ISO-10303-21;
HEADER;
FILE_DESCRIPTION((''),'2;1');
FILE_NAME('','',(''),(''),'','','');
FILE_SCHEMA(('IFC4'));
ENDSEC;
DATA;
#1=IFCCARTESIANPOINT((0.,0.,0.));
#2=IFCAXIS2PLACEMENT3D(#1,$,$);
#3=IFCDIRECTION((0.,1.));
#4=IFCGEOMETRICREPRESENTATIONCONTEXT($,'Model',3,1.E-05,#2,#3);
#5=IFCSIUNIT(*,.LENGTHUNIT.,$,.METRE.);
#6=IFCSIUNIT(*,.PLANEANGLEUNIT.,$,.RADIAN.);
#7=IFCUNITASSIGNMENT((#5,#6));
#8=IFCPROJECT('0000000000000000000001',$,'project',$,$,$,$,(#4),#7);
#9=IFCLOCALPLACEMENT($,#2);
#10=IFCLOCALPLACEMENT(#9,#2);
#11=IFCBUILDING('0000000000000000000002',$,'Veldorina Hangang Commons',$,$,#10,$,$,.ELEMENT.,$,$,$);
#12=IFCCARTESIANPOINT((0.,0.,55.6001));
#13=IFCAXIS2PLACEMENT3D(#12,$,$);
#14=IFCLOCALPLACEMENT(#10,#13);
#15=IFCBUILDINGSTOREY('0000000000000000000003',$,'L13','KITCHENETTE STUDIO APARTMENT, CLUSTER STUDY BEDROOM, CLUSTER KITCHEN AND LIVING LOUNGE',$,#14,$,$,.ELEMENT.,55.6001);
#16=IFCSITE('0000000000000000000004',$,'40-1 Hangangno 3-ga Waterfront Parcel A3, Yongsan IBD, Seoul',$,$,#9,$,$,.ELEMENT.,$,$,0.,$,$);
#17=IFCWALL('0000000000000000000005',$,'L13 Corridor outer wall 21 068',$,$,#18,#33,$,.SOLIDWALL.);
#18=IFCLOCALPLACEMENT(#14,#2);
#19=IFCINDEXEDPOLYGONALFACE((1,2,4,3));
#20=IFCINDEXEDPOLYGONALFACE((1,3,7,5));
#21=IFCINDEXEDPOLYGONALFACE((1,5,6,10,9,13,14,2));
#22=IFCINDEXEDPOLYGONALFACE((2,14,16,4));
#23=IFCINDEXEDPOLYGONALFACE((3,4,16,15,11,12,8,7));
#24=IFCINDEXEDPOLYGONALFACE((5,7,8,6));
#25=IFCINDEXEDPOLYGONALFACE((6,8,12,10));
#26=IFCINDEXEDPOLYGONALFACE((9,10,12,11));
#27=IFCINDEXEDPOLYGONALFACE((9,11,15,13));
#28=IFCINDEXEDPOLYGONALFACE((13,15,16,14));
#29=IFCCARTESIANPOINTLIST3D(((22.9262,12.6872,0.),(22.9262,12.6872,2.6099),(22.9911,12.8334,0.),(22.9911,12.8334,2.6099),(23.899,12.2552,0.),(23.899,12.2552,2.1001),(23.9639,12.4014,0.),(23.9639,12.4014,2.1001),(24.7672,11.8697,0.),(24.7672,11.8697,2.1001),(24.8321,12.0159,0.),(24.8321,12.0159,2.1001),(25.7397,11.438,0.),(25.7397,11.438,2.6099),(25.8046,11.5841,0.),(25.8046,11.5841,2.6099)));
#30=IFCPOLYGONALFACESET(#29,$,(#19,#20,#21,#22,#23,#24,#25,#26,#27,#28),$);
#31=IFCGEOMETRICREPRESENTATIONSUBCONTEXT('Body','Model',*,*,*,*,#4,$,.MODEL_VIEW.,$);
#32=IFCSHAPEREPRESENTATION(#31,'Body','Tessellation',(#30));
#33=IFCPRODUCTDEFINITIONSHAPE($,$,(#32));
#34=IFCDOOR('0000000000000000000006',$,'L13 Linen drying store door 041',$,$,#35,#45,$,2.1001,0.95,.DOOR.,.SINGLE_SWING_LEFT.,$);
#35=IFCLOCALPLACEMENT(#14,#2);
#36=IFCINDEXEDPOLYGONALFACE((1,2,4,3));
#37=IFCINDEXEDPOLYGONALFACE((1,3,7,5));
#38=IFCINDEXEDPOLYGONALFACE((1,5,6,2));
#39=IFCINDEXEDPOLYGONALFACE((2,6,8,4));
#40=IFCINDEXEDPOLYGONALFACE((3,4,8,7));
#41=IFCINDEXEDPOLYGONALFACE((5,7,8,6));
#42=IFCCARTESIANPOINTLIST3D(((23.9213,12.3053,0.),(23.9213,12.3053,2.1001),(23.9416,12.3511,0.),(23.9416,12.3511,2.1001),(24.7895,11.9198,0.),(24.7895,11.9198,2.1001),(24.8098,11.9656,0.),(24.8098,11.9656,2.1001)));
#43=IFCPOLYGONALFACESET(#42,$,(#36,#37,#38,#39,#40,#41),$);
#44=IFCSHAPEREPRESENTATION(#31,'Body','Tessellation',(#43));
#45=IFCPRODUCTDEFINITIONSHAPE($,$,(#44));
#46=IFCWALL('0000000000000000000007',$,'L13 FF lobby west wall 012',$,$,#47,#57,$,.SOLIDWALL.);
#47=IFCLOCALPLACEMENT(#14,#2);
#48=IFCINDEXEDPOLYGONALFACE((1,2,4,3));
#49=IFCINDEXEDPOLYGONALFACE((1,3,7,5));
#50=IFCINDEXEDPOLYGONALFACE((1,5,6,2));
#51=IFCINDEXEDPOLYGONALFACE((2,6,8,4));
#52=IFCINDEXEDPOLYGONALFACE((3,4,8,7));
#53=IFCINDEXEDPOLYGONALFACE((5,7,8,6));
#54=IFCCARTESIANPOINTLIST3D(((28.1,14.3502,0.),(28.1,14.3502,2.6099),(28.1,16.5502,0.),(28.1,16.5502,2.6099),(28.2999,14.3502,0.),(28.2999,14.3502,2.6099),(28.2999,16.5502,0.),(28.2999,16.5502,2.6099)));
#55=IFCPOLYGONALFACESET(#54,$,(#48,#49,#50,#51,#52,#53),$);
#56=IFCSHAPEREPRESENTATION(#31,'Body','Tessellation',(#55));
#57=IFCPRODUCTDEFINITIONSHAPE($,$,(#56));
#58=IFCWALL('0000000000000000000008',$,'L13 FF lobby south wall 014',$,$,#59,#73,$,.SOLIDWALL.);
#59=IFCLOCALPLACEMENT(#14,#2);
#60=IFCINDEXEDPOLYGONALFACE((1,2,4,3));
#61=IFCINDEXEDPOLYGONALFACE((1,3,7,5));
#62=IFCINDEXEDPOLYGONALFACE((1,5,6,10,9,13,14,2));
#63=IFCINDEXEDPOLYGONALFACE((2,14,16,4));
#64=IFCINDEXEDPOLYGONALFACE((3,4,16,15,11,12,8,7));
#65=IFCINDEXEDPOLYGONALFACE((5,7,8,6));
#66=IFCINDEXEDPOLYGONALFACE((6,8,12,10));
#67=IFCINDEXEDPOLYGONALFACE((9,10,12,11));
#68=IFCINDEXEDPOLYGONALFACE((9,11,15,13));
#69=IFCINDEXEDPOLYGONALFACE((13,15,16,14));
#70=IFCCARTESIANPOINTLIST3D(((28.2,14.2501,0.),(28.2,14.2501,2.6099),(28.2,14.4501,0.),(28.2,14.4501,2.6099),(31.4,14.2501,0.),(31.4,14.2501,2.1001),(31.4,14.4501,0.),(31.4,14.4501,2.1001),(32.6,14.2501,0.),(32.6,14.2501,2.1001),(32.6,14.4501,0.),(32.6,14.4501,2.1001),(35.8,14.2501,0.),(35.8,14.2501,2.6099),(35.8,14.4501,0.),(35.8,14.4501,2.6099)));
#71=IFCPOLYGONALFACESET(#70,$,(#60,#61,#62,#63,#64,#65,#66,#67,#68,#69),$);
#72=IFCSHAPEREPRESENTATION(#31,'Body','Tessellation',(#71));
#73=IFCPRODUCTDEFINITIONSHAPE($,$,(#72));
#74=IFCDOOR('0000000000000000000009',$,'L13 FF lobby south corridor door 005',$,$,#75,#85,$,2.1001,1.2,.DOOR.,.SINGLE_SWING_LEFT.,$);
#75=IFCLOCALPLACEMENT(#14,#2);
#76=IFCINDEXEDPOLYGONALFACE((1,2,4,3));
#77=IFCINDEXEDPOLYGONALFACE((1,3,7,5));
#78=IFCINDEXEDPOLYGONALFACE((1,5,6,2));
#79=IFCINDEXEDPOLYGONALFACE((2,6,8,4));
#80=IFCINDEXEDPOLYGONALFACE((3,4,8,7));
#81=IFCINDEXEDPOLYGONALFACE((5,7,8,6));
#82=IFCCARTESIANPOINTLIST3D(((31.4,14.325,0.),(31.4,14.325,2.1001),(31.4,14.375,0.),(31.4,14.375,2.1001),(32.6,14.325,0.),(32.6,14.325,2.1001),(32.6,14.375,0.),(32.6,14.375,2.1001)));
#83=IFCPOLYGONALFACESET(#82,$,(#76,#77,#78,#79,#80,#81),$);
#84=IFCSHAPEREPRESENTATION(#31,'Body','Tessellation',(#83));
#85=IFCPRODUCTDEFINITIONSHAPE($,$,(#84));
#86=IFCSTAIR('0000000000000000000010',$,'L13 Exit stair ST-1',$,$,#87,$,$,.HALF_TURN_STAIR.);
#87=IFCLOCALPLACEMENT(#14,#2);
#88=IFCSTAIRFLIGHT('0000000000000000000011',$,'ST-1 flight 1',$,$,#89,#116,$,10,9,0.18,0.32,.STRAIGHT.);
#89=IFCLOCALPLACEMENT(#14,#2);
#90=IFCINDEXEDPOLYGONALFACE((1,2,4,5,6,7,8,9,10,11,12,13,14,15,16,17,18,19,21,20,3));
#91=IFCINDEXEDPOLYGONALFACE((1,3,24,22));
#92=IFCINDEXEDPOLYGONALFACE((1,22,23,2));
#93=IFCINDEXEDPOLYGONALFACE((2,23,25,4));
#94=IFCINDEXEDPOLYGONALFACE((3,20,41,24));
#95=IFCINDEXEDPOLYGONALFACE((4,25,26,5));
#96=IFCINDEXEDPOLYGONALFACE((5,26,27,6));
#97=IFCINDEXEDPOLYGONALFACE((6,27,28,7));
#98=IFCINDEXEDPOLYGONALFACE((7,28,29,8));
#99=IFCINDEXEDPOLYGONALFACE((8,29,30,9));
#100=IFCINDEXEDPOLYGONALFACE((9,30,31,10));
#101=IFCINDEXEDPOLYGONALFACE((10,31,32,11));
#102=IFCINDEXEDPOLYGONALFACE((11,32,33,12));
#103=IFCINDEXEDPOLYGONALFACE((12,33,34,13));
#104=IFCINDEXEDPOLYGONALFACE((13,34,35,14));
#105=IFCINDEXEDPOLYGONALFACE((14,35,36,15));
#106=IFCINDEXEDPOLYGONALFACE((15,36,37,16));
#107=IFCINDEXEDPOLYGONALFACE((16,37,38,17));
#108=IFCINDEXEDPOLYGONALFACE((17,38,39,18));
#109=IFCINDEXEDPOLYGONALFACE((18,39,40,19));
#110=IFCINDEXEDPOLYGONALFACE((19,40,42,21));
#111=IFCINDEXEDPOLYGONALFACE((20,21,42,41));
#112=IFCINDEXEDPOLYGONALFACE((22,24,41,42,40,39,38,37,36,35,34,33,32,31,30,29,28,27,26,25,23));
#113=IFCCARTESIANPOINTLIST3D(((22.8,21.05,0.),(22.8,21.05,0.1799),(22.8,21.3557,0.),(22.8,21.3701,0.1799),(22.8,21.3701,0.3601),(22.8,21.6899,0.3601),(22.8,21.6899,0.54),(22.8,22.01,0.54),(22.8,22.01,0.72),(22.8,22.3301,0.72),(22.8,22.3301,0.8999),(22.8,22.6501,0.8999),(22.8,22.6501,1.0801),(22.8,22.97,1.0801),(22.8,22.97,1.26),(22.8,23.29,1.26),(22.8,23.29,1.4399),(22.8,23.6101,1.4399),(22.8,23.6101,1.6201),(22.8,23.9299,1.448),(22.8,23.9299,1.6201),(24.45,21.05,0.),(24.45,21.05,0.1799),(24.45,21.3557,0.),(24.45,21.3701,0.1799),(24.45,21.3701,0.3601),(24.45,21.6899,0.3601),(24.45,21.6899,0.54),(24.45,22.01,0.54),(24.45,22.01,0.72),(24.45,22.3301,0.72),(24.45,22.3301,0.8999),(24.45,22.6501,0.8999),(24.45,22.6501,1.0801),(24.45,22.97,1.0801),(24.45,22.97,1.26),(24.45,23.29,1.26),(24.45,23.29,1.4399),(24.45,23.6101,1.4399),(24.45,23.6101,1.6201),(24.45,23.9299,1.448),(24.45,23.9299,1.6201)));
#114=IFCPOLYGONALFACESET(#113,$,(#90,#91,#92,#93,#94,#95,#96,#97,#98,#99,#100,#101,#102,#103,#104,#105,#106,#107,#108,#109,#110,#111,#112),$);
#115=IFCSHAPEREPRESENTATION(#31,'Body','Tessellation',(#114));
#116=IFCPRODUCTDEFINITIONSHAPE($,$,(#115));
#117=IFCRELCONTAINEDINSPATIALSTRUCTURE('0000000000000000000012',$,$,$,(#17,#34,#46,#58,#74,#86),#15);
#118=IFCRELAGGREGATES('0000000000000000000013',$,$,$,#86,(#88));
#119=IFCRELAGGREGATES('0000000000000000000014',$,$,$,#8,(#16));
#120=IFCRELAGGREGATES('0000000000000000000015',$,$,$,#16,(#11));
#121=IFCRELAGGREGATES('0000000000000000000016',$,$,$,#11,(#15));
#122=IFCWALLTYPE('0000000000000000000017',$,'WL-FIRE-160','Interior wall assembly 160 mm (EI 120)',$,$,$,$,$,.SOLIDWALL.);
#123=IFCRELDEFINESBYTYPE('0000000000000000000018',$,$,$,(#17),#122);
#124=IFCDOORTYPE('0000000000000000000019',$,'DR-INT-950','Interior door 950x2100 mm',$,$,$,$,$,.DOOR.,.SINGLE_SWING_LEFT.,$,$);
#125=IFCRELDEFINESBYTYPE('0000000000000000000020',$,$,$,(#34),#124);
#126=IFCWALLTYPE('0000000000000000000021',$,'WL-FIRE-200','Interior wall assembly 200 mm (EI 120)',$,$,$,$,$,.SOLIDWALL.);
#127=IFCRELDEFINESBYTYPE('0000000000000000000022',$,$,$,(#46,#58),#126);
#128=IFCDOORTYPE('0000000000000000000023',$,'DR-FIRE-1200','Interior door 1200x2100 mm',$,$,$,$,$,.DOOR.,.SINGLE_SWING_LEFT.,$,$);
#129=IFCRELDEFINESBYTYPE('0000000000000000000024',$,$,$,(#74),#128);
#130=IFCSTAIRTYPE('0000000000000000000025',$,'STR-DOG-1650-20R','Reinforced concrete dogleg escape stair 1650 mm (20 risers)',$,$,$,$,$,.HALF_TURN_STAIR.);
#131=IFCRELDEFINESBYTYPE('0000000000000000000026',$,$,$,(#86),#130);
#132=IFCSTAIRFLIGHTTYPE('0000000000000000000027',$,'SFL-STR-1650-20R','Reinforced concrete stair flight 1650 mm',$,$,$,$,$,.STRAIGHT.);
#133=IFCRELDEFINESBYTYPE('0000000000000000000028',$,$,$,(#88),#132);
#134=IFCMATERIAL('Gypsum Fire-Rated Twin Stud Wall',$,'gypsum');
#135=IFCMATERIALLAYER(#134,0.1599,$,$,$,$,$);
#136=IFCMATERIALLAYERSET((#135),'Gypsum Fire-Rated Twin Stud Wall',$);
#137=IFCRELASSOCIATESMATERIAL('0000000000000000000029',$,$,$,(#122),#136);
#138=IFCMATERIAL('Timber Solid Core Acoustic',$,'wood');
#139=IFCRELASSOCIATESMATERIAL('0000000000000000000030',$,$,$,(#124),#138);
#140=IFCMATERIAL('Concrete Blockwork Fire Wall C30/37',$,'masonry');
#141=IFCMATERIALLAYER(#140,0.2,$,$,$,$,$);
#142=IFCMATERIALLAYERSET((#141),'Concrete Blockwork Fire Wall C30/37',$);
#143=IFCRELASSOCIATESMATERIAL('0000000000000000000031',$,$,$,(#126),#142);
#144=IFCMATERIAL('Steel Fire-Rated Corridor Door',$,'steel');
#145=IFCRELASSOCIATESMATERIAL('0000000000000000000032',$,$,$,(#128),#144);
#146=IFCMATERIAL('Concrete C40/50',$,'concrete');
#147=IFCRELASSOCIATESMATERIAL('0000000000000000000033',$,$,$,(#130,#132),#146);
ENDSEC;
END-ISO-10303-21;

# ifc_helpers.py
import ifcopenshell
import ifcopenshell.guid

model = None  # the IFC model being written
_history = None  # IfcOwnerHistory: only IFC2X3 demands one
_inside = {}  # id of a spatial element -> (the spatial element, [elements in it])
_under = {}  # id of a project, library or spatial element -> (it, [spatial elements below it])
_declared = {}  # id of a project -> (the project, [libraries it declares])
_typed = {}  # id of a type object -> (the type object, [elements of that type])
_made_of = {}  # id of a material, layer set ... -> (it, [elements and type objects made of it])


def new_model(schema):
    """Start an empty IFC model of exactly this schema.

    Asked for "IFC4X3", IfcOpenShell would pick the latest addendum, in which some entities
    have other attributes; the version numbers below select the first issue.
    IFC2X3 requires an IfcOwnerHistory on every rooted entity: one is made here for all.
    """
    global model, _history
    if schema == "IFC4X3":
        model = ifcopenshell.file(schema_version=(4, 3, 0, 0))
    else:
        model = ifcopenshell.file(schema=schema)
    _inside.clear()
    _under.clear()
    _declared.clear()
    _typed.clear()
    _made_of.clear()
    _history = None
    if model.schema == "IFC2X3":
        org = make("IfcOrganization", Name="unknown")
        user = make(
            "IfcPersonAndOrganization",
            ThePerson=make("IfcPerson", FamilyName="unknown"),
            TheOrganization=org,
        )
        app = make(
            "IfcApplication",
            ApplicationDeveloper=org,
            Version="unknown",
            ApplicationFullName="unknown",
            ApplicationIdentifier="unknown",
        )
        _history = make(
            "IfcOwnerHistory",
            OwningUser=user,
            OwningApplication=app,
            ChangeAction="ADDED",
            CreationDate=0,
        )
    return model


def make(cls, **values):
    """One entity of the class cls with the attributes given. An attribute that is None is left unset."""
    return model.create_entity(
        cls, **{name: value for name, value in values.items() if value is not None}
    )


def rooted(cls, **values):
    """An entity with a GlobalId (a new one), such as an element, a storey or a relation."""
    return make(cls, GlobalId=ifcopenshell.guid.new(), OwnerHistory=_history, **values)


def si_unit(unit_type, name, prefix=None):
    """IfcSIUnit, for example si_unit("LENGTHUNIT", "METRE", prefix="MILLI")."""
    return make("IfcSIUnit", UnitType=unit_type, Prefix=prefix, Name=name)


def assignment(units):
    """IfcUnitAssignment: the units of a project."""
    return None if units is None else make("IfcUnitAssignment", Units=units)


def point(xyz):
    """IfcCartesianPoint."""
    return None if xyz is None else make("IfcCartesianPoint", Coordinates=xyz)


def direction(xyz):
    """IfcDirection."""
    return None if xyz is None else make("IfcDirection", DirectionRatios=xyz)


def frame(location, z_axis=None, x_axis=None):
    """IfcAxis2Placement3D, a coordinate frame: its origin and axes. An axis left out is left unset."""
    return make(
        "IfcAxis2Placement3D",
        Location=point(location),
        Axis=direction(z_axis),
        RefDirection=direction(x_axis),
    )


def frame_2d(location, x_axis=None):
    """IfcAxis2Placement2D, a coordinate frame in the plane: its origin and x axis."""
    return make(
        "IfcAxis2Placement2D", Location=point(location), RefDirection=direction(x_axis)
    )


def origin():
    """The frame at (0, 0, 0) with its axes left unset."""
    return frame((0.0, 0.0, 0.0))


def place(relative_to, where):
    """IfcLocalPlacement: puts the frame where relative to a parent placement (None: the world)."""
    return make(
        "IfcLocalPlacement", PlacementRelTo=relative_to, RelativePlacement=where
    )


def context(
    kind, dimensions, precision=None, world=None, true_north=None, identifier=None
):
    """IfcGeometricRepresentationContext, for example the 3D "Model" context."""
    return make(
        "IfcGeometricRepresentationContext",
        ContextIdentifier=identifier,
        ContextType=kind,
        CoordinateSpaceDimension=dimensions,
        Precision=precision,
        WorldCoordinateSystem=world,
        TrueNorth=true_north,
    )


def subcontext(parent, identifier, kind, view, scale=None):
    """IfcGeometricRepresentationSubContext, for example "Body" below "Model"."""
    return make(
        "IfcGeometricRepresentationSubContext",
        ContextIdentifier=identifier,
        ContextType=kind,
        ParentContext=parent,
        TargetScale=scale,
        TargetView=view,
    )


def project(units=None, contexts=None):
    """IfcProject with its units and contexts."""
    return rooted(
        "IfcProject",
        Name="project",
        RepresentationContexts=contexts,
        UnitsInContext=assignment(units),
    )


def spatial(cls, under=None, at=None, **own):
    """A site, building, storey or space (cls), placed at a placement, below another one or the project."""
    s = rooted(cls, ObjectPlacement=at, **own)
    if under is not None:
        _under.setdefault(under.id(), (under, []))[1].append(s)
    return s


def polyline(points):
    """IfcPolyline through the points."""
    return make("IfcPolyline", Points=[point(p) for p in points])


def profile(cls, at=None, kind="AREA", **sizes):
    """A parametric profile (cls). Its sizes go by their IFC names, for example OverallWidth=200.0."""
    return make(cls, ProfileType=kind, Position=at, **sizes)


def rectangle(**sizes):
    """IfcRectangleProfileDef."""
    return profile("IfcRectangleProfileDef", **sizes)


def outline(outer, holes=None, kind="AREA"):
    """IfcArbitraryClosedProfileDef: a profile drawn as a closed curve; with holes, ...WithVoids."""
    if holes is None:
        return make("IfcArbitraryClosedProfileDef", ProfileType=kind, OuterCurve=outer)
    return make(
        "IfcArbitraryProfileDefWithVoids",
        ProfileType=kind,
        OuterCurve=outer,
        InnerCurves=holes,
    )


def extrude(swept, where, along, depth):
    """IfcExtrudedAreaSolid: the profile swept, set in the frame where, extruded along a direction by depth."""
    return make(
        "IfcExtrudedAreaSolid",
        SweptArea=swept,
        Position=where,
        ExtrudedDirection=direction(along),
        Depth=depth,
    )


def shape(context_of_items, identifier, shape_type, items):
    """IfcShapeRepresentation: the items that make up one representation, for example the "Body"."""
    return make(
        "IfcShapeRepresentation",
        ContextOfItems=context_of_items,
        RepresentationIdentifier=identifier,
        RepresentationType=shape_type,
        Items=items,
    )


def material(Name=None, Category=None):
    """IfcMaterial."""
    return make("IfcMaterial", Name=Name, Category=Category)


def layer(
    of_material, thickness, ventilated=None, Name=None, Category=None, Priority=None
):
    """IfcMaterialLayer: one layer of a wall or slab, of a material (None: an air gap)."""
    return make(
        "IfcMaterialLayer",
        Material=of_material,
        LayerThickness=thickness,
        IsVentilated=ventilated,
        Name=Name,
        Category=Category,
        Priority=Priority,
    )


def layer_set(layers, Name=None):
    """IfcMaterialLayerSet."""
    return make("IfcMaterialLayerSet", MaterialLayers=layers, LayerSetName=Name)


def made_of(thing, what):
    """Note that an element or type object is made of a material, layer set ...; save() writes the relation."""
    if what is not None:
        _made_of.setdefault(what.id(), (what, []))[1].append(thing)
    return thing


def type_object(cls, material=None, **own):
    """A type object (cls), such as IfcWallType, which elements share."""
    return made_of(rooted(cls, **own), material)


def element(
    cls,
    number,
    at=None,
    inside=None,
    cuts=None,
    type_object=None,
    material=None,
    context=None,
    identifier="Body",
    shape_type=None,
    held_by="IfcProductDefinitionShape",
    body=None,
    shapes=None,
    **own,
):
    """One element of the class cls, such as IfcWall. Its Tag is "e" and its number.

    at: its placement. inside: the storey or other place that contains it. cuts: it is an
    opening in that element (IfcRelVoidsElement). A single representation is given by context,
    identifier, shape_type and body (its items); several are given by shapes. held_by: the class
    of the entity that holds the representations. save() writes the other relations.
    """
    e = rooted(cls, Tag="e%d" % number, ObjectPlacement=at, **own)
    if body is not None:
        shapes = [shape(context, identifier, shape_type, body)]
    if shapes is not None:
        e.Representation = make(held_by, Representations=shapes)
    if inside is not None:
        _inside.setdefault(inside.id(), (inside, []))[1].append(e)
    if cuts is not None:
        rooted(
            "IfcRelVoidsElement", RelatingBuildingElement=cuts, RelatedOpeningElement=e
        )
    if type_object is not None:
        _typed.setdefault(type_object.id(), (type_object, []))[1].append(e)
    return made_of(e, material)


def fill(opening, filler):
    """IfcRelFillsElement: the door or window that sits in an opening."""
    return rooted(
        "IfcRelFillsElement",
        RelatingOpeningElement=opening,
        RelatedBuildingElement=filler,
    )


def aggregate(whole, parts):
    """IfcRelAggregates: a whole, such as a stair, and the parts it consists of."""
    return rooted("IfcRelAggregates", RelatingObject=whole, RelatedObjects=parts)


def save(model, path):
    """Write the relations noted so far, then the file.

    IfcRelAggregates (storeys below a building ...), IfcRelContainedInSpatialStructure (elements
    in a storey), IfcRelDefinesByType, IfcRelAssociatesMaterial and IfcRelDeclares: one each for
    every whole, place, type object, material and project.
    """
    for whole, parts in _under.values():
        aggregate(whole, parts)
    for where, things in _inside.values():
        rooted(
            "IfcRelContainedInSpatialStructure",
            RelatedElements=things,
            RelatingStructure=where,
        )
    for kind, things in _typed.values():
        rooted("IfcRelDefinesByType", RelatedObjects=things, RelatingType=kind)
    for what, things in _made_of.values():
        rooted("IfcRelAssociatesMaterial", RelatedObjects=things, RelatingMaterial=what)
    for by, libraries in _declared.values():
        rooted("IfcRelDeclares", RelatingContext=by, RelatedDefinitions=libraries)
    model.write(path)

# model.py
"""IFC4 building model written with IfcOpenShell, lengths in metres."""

from ifc_helpers import new_model, si_unit, direction, frame, frame_2d, origin, place, context, subcontext, project, spatial, polyline, rectangle, outline, extrude, material, layer, layer_set, type_object, element, fill, aggregate, save


model = new_model("IFC4")

# Units and contexts
model_context = context("Model", 3, precision=1e-05, world=origin(), true_north=direction((0.0, 1.0)))
body_context = subcontext(model_context, "Body", "Model", "MODEL_VIEW")
ifc_project = project(units=[si_unit("LENGTHUNIT", "METRE"), si_unit("PLANEANGLEUNIT", "RADIAN")], contexts=[model_context])

# Site, building, storey
site_placement = place(None, origin())
site = spatial("IfcSite", under=ifc_project, at=site_placement, Name="40-1 Hangangno 3-ga Waterfront Parcel A3, Yongsan IBD, Seoul", CompositionType="ELEMENT", RefElevation=0.0)
building_placement = place(site_placement, origin())
building = spatial("IfcBuilding", under=site, at=building_placement, Name="Veldorina Hangang Commons", CompositionType="ELEMENT")
storey_placement = place(building_placement, frame((0.0, 0.0, 55.6001)))
storey = spatial("IfcBuildingStorey", under=building, at=storey_placement, Name="L13", Description="KITCHENETTE STUDIO APARTMENT, CLUSTER STUDY BEDROOM, CLUSTER KITCHEN AND LIVING LOUNGE", CompositionType="ELEMENT", Elevation=55.6001)

# Shared definitions
ifc_material_1 = material(Name="Gypsum Fire-Rated Twin Stud Wall", Category="gypsum")
ifc_layer_1 = layer(ifc_material_1, 0.1599)
ifc_layer_set_1 = layer_set([ifc_layer_1], Name="Gypsum Fire-Rated Twin Stud Wall")
wall_type_1 = type_object("IfcWallType", Name="WL-FIRE-160", Description="Interior wall assembly 160 mm (EI 120)", PredefinedType="SOLIDWALL", material=ifc_layer_set_1)

# Wall, opening, door
wall_1_placement = place(storey_placement, frame((22.9587, 12.7603, 0.0), z_axis=(0.0, 0.0, 1.0), x_axis=(0.913952, -0.405822, 0.0)))
wall_1 = element("IfcWall", 1, at=wall_1_placement, inside=storey, type_object=wall_type_1, Name="L13 Corridor outer wall 21 068", PredefinedType="SOLIDWALL", context=body_context, shape_type="SweptSolid", body=[
    extrude(rectangle(XDim=3.0784, YDim=0.1599, at=frame_2d((1.5391, 0.0))), origin(), (0.0, 0.0, 1.0), 2.6099),
])
opening_1_placement = place(wall_1_placement, frame((1.0642, 0.0, 0.0)))
opening_1 = element("IfcOpeningElement", 2, at=opening_1_placement, cuts=wall_1, PredefinedType="OPENING", context=body_context, shape_type="SweptSolid", body=[
    extrude(rectangle(XDim=0.95, YDim=2.1001, at=frame_2d((0.4751, 1.05))), frame((0.0, 0.0898, 0.0), z_axis=(0.0, -1.0, 0.0), x_axis=(1.0, 0.0, 0.0)), (0.0, 0.0, 1.0), 0.1799),
])
ifc_material_2 = material(Name="Timber Solid Core Acoustic", Category="wood")
door_type_1 = type_object("IfcDoorType", Name="DR-INT-950", Description="Interior door 950x2100 mm", OperationType="SINGLE_SWING_LEFT", PredefinedType="DOOR", material=ifc_material_2)
door_1_placement = place(opening_1_placement, origin())
door_1 = element("IfcDoor", 3, at=door_1_placement, inside=storey, type_object=door_type_1, Name="L13 Linen drying store door 041", OperationType="SINGLE_SWING_LEFT", OverallHeight=2.1001, OverallWidth=0.95, PredefinedType="DOOR", context=body_context, shape_type="SweptSolid", body=[
    extrude(rectangle(XDim=0.95, YDim=2.1001, at=frame_2d((0.4751, 1.05))), frame((0.0, 0.0249, 0.0), z_axis=(0.0, -1.0, 0.0), x_axis=(1.0, 0.0, 0.0)), (0.0, 0.0, 1.0), 0.05),
])
fill(opening_1, door_1)

# Wall
ifc_material_3 = material(Name="Concrete Blockwork Fire Wall C30/37", Category="masonry")
ifc_layer_2 = layer(ifc_material_3, 0.2)
ifc_layer_set_2 = layer_set([ifc_layer_2], Name="Concrete Blockwork Fire Wall C30/37")
wall_type_2 = type_object("IfcWallType", Name="WL-FIRE-200", Description="Interior wall assembly 200 mm (EI 120)", PredefinedType="SOLIDWALL", material=ifc_layer_set_2)
wall_2_placement = place(storey_placement, frame((28.2, 14.3501, 0.0), z_axis=(0.0, 0.0, 1.0), x_axis=(0.0, 1.0, 0.0)))
element("IfcWall", 4, at=wall_2_placement, inside=storey, type_object=wall_type_2, Name="L13 FF lobby west wall 012", PredefinedType="SOLIDWALL", context=body_context, shape_type="SweptSolid", body=[
    extrude(rectangle(XDim=2.2, YDim=0.2, at=frame_2d((1.1001, 0.0))), origin(), (0.0, 0.0, 1.0), 2.6099),
])

# Wall, opening, door
wall_3_placement = place(storey_placement, frame((28.2, 14.3501, 0.0), z_axis=(0.0, 0.0, 1.0), x_axis=(1.0, 0.0, 0.0)))
wall_3 = element("IfcWall", 5, at=wall_3_placement, inside=storey, type_object=wall_type_2, Name="L13 FF lobby south wall 014", PredefinedType="SOLIDWALL", context=body_context, shape_type="SweptSolid", body=[
    extrude(rectangle(XDim=7.6001, YDim=0.2, at=frame_2d((3.8, 0.0))), origin(), (0.0, 0.0, 1.0), 2.6099),
])
opening_2_placement = place(wall_3_placement, frame((3.2, 0.0, 0.0)))
opening_2 = element("IfcOpeningElement", 6, at=opening_2_placement, cuts=wall_3, PredefinedType="OPENING", context=body_context, shape_type="SweptSolid", body=[
    extrude(rectangle(XDim=1.2, YDim=2.1001, at=frame_2d((0.6001, 1.05))), frame((0.0, 0.1099, 0.0), z_axis=(0.0, -1.0, 0.0), x_axis=(1.0, 0.0, 0.0)), (0.0, 0.0, 1.0), 0.22),
])
ifc_material_4 = material(Name="Steel Fire-Rated Corridor Door", Category="steel")
door_type_2 = type_object("IfcDoorType", Name="DR-FIRE-1200", Description="Interior door 1200x2100 mm", OperationType="SINGLE_SWING_LEFT", PredefinedType="DOOR", material=ifc_material_4)
door_2_placement = place(opening_2_placement, origin())
door_2 = element("IfcDoor", 7, at=door_2_placement, inside=storey, type_object=door_type_2, Name="L13 FF lobby south corridor door 005", OperationType="SINGLE_SWING_LEFT", OverallHeight=2.1001, OverallWidth=1.2, PredefinedType="DOOR", context=body_context, shape_type="SweptSolid", body=[
    extrude(rectangle(XDim=1.2, YDim=2.1001, at=frame_2d((0.6001, 1.05))), frame((0.0, 0.0249, 0.0), z_axis=(0.0, -1.0, 0.0), x_axis=(1.0, 0.0, 0.0)), (0.0, 0.0, 1.0), 0.05),
])
fill(opening_2, door_2)

# Stair, stair flight
ifc_material_5 = material(Name="Concrete C40/50", Category="concrete")
stair_type = type_object("IfcStairType", Name="STR-DOG-1650-20R", Description="Reinforced concrete dogleg escape stair 1650 mm (20 risers)", PredefinedType="HALF_TURN_STAIR", material=ifc_material_5)
stair_placement = place(storey_placement, origin())
stair = element("IfcStair", 8, at=stair_placement, inside=storey, type_object=stair_type, Name="L13 Exit stair ST-1", PredefinedType="HALF_TURN_STAIR")
stair_flight_type = type_object("IfcStairFlightType", Name="SFL-STR-1650-20R", Description="Reinforced concrete stair flight 1650 mm", PredefinedType="STRAIGHT", material=ifc_material_5)
stair_flight_placement = place(storey_placement, frame((23.625, 21.05, 0.0), z_axis=(0.0, 0.0, 1.0), x_axis=(0.0, 1.0, 0.0)))
stair_flight = element("IfcStairFlight", 9, at=stair_flight_placement, type_object=stair_flight_type, Name="ST-1 flight 1", NumberOfRisers=10, NumberOfTreads=9, PredefinedType="STRAIGHT", RiserHeight=0.18, TreadLength=0.32, context=body_context, shape_type="SweptSolid", body=[
    extrude(outline(polyline([(0.0, 0.0), (0.0, 0.1799), (0.3201, 0.1799), (0.3201, 0.3601), (0.6399, 0.3601), (0.6399, 0.54), (0.96, 0.54), (0.96, 0.72), (1.28, 0.72), (1.28, 0.8999), (1.6001, 0.8999), (1.6001, 1.0801), (1.9199, 1.0801), (1.9199, 1.26), (2.24, 1.26), (2.24, 1.4399), (2.5601, 1.4399), (2.5601, 1.6201), (2.8799, 1.6201), (2.8799, 1.8), (2.8799, 1.448), (0.3057, 0.0), (0.0, 0.0)])), frame((0.0, 0.825, 0.0), z_axis=(0.0, -1.0, 0.0), x_axis=(1.0, 0.0, 0.0)), (0.0, 0.0, 1.0), 1.6499),
])
aggregate(stair, [stair_flight])

save(model, "model.ifc")
